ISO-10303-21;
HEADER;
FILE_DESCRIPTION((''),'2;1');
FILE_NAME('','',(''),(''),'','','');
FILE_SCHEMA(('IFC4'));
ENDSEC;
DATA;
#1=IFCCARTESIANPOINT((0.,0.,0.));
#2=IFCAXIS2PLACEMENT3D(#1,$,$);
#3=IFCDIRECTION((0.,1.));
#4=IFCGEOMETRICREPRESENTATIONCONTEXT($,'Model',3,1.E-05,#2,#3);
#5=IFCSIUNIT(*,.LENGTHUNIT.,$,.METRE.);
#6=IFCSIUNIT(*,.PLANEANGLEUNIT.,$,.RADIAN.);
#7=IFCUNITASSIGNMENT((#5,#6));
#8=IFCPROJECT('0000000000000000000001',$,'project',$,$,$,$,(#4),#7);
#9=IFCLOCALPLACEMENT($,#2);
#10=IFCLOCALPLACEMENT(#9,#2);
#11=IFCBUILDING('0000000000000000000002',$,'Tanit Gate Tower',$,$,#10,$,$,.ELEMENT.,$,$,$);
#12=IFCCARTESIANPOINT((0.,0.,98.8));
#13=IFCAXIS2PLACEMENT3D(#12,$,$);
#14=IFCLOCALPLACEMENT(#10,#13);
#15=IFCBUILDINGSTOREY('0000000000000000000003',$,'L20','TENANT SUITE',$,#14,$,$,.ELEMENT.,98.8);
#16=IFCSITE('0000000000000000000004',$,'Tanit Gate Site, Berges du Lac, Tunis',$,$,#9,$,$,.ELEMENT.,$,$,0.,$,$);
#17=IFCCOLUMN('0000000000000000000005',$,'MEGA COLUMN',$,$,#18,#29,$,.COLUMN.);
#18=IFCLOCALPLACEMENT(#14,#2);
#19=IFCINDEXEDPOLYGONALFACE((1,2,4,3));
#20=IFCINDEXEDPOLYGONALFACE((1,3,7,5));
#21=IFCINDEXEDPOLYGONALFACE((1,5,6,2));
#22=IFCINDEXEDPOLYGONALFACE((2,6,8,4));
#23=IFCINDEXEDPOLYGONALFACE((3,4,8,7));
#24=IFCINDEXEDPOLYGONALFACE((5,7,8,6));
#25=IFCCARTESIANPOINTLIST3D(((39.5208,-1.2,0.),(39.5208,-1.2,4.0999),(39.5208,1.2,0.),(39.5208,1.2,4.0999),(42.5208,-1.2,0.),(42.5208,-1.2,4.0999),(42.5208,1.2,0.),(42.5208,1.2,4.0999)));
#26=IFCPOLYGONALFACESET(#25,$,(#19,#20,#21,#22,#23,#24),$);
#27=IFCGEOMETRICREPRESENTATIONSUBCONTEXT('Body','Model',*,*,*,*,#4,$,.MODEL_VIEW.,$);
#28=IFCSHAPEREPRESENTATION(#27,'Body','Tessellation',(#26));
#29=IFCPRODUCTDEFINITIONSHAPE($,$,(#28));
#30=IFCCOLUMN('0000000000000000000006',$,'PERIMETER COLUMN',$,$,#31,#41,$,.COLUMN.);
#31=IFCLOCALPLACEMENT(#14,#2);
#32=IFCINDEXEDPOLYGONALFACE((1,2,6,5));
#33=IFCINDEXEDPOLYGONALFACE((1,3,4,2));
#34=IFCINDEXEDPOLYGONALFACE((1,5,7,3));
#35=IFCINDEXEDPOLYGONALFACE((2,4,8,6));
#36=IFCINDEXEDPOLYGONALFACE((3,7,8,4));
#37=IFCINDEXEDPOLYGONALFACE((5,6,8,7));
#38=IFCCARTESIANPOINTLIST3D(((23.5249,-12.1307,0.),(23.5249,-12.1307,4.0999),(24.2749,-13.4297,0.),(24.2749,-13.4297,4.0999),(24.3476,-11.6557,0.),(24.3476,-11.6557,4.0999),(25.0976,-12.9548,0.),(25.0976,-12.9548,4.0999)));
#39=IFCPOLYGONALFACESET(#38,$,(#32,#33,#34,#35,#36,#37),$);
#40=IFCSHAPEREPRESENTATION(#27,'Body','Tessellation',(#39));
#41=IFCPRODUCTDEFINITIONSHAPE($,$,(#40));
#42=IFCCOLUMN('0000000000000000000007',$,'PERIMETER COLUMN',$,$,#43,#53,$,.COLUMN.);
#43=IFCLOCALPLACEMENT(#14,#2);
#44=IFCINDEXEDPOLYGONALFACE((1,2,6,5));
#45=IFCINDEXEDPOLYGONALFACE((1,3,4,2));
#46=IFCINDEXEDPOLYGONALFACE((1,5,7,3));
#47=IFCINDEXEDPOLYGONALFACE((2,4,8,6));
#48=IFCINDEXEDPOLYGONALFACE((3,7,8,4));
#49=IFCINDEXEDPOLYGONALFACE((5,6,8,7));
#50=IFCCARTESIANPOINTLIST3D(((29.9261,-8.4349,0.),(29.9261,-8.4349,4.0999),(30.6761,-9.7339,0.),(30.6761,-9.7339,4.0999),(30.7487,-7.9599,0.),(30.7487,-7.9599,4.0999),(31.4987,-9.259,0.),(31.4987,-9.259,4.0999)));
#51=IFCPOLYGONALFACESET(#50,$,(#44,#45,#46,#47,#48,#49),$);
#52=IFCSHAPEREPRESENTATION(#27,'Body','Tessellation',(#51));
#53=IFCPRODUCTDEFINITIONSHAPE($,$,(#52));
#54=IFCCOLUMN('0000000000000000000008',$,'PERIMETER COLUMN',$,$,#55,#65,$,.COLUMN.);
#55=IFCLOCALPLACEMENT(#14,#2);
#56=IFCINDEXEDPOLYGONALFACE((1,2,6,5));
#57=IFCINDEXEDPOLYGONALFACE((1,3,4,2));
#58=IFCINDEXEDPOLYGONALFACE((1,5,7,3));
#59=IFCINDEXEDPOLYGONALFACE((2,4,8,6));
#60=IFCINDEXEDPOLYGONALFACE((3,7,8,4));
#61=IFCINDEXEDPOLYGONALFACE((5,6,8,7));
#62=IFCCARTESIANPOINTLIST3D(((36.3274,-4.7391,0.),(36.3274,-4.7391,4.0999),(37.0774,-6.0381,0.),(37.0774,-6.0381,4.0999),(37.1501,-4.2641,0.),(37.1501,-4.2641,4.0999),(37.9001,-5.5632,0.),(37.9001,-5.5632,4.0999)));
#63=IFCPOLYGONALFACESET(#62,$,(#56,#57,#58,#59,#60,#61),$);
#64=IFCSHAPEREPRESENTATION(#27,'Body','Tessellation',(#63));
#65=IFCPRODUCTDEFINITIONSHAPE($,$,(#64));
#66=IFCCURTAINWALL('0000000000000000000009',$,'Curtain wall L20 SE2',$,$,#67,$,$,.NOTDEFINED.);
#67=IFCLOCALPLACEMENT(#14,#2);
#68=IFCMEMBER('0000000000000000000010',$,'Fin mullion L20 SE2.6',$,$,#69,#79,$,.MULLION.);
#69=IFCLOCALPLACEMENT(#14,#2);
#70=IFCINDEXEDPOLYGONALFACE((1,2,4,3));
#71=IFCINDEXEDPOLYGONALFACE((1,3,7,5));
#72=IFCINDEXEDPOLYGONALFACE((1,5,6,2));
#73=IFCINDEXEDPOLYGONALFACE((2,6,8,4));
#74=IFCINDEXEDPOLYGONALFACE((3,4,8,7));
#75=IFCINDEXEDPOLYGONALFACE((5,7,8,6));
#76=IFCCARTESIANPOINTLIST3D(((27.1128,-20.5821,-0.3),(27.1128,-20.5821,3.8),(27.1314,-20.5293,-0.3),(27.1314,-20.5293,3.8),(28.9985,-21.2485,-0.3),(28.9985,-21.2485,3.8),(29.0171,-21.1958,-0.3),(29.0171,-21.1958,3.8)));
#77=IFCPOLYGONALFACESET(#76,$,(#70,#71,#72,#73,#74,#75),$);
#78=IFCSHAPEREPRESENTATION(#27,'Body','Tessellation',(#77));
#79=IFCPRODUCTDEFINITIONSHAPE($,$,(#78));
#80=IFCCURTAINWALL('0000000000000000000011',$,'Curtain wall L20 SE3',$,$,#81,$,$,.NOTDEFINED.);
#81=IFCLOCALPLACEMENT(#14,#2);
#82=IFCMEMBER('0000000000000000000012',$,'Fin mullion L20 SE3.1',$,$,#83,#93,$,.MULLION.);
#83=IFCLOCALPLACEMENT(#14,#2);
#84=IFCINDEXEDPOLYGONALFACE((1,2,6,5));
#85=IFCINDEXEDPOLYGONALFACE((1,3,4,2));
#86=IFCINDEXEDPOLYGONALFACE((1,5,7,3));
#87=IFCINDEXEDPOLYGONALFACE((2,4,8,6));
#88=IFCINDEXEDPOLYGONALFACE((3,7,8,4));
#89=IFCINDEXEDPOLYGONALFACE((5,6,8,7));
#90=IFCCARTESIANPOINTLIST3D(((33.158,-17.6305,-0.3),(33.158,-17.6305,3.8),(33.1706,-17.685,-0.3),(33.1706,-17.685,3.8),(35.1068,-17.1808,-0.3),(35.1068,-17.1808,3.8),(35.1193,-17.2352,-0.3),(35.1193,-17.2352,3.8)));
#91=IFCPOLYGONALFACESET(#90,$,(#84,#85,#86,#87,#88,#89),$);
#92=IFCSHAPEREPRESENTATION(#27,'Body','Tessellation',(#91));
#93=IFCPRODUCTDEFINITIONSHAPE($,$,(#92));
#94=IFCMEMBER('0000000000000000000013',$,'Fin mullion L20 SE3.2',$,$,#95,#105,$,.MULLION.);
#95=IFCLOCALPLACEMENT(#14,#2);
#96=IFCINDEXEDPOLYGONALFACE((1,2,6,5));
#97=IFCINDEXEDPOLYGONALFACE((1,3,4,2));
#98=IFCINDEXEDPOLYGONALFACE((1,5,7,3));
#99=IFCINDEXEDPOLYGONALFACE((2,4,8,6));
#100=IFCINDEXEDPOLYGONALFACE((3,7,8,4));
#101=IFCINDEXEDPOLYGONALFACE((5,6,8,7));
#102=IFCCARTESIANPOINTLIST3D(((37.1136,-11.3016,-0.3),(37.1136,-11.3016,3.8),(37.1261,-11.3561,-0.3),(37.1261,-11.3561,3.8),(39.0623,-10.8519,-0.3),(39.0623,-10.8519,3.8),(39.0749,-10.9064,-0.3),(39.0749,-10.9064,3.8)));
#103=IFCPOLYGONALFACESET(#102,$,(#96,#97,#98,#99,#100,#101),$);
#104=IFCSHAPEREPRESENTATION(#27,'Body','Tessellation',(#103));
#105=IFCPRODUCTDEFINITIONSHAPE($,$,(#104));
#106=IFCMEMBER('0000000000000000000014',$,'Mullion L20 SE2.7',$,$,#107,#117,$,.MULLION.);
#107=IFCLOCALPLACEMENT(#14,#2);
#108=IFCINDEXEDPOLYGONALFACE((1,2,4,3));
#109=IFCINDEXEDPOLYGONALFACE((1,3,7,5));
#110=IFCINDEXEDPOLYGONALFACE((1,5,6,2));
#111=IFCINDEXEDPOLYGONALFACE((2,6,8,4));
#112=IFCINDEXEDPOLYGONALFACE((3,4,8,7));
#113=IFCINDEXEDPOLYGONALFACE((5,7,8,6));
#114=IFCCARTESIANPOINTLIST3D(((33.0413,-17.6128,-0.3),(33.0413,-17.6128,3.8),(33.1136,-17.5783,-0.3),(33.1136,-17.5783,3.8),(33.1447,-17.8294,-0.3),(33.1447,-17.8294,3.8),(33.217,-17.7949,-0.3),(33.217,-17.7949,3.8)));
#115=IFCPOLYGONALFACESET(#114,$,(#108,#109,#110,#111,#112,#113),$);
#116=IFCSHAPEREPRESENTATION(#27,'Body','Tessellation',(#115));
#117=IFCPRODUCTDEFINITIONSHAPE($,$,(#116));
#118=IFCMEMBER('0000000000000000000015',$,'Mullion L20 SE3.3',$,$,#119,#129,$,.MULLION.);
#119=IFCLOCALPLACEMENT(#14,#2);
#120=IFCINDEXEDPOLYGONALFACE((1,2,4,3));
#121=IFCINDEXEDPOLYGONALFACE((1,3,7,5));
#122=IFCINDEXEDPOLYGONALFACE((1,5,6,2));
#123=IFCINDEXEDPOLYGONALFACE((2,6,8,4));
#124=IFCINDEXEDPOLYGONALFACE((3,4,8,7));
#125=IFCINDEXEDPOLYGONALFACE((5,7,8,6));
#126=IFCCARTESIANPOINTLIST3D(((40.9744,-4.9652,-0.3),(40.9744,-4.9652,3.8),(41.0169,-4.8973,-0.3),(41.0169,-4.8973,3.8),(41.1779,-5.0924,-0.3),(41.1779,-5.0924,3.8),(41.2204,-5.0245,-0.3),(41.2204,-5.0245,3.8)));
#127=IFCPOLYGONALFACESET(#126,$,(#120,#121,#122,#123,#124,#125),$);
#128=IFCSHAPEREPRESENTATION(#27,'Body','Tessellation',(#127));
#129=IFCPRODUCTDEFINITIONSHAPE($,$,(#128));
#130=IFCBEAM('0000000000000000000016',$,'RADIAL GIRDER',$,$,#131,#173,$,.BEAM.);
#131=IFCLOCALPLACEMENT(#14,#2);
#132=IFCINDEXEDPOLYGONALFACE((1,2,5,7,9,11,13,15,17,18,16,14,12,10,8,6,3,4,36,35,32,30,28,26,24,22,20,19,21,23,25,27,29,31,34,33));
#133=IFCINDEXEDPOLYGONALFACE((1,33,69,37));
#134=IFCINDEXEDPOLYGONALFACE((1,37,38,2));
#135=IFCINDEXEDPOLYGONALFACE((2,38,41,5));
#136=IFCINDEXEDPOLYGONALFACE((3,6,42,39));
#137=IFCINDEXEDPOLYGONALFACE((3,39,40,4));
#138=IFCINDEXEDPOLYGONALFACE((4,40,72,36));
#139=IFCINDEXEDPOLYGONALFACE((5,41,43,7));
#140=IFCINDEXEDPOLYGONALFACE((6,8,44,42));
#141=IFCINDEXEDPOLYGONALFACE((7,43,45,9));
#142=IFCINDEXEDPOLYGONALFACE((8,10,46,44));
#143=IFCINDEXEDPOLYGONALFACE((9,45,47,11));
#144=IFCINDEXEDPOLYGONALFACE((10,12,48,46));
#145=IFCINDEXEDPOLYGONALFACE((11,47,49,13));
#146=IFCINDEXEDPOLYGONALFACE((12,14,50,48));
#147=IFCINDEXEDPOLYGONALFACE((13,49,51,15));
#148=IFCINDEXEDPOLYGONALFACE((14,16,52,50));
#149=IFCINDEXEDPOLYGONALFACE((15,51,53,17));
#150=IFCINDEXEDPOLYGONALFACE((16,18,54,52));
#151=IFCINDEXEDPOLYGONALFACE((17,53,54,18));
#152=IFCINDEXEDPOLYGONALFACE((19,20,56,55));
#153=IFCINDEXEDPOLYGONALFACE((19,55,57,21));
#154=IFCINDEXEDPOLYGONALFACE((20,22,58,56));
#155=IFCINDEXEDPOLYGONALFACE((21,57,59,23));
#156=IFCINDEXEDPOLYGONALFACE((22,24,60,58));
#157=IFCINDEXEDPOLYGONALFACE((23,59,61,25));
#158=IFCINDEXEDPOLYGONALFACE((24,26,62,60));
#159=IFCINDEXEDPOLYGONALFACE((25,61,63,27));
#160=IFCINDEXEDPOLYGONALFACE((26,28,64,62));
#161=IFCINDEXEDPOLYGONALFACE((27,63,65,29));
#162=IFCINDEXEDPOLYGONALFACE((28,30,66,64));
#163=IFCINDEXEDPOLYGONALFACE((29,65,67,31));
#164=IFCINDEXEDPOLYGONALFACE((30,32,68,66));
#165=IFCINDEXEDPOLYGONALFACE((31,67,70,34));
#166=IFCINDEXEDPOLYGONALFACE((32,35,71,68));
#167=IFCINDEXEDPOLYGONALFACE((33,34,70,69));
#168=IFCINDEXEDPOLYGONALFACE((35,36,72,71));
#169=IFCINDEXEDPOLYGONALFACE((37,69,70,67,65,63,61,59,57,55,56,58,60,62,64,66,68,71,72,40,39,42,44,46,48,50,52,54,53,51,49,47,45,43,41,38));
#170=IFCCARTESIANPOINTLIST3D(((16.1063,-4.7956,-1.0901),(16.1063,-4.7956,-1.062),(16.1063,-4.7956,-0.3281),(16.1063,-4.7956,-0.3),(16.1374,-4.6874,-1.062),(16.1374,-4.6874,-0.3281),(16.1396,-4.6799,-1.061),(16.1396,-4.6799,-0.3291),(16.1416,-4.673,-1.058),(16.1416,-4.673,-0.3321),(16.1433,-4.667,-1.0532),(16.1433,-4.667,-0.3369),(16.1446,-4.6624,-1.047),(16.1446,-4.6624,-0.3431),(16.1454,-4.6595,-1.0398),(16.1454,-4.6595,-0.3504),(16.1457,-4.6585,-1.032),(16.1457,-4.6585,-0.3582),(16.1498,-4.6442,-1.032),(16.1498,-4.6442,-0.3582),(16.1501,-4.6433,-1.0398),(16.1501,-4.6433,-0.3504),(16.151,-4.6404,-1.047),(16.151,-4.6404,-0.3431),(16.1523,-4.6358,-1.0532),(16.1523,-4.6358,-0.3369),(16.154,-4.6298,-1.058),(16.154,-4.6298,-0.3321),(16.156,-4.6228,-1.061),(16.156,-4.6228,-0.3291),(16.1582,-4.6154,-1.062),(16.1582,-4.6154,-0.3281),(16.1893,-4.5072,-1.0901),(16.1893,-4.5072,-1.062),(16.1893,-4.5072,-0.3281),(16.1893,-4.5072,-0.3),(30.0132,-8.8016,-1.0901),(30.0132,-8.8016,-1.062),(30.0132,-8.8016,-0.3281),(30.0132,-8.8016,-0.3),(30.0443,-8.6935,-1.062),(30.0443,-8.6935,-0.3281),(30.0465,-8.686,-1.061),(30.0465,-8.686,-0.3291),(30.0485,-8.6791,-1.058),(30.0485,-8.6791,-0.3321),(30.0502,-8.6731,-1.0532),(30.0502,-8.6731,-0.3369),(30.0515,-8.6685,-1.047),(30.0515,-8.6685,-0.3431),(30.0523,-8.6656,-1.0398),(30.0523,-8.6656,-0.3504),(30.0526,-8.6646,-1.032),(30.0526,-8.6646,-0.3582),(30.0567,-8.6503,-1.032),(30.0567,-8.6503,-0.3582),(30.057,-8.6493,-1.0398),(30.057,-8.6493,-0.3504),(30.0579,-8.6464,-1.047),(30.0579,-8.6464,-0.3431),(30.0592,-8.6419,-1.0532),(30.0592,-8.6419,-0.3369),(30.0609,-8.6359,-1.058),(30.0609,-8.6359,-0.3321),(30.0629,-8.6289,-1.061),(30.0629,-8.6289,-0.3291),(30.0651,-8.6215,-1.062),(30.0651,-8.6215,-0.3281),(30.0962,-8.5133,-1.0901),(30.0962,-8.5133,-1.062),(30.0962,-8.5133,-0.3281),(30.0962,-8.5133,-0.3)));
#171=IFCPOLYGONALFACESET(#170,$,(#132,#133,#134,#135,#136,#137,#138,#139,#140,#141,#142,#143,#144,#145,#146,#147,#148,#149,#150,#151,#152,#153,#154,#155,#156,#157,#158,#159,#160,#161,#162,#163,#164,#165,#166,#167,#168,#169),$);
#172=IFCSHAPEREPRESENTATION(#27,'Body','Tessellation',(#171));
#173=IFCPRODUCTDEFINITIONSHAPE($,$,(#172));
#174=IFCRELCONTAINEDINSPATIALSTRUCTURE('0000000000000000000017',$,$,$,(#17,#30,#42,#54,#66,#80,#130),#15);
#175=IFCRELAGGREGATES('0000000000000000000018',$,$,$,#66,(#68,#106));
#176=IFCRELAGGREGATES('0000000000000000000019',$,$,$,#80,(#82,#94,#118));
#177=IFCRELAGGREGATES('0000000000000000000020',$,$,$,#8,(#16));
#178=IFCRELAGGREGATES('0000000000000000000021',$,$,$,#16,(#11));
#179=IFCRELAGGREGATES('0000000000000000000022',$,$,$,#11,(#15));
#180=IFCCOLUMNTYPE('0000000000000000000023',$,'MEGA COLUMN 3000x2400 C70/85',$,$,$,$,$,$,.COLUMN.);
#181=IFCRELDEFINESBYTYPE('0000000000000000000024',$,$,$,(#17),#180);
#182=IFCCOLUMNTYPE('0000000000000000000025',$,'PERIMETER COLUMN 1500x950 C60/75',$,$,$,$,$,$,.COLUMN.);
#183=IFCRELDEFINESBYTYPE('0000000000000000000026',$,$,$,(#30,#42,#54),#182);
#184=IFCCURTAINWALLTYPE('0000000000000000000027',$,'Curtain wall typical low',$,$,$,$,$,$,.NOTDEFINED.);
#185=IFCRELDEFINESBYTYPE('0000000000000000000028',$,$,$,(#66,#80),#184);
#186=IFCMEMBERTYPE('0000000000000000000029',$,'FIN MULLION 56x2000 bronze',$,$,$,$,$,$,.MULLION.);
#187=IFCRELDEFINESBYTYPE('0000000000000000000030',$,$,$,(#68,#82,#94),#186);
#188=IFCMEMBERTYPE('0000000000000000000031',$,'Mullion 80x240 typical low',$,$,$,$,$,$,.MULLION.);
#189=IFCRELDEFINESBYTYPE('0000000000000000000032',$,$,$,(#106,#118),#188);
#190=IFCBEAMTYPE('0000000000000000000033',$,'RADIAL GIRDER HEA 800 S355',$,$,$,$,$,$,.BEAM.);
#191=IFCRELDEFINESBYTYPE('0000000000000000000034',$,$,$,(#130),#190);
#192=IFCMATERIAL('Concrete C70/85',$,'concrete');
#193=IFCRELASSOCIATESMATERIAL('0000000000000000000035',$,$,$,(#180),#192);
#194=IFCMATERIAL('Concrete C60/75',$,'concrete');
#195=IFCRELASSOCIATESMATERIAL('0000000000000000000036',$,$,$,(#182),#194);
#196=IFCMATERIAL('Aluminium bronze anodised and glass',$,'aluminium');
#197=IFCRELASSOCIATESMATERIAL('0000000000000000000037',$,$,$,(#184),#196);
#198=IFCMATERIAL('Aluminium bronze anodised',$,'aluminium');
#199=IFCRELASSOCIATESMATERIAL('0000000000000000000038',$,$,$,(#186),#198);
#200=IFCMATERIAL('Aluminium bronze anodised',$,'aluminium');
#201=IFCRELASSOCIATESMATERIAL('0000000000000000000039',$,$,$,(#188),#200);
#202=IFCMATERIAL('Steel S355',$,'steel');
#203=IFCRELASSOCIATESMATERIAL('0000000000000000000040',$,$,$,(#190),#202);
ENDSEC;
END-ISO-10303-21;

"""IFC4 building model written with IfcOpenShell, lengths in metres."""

from ifc_helpers import new_model, si_unit, direction, frame, origin, origin_2d, place, context, subcontext, project, spatial, rectangle, i_section, extrude, material, material_profile, profile_set, type_object, element, aggregate, save


model = new_model("IFC4")

# Units and contexts
model_context = context("Model", 3, precision=1e-05, world=origin(), true_north=direction((0.0, 1.0)))
body_context = subcontext(model_context, "Body", "Model", "MODEL_VIEW")
ifc_project = project(units=[si_unit("LENGTHUNIT", "METRE"), si_unit("PLANEANGLEUNIT", "RADIAN")], contexts=[model_context])

# Site, building, storey
site_placement = place(None, origin())
site = spatial("IfcSite", under=ifc_project, at=site_placement, Name="Tanit Gate Site, Berges du Lac, Tunis", CompositionType="ELEMENT", RefElevation=0.0)
building_placement = place(site_placement, origin())
building = spatial("IfcBuilding", under=site, at=building_placement, Name="Tanit Gate Tower", CompositionType="ELEMENT")
storey_placement = place(building_placement, frame((0.0, 0.0, 98.8)))
storey = spatial("IfcBuildingStorey", under=building, at=storey_placement, Name="L20", Description="TENANT SUITE", CompositionType="ELEMENT", Elevation=98.8)

# Columns
ifc_material_1 = material(Name="Concrete C70/85", Category="concrete")
ifc_material_profile_1 = material_profile(ifc_material_1, rectangle(XDim=3.0, YDim=2.3999, at=origin_2d()), Name="RC 3000x2400")
ifc_profile_set_1 = profile_set([ifc_material_profile_1], Name="Concrete C70/85")
column_type_1 = type_object("IfcColumnType", Name="MEGA COLUMN 3000x2400 C70/85", PredefinedType="COLUMN", material=ifc_profile_set_1)
column_placement = place(storey_placement, frame((41.0208, 0.0, 0.0), z_axis=(0.0, 0.0, 1.0), x_axis=(1.0, 0.0, 0.0)))
element("IfcColumn", 1, at=column_placement, inside=storey, type_object=column_type_1, Name="MEGA COLUMN", PredefinedType="COLUMN", context=body_context, shape_type="SweptSolid", body=[
    extrude(rectangle(XDim=3.0, YDim=2.3999, at=origin_2d()), origin(), (0.0, 0.0, 1.0), 4.0999),
])
ifc_material_2 = material(Name="Concrete C60/75", Category="concrete")
ifc_material_profile_2 = material_profile(ifc_material_2, rectangle(XDim=1.5, YDim=0.95, at=origin_2d()), Name="RC 1500x950")
ifc_profile_set_2 = profile_set([ifc_material_profile_2], Name="Concrete C60/75")
column_type_2 = type_object("IfcColumnType", Name="PERIMETER COLUMN 1500x950 C60/75", PredefinedType="COLUMN", material=ifc_profile_set_2)
for number, where, z_axis, x_axis, name in (
    (2, (24.3113, -12.5427, 0.0), (0.0, 0.0, 1.0), (0.5, -0.866025, 0.0), "PERIMETER COLUMN"),
    (3, (30.7124, -8.8469, 0.0), (0.0, 0.0, 1.0), (0.5, -0.866025, 0.0), "PERIMETER COLUMN"),
    (4, (37.1138, -5.1511, 0.0), (0.0, 0.0, 1.0), (0.5, -0.866025, 0.0), "PERIMETER COLUMN"),
):
    element("IfcColumn", number, at=place(storey_placement, frame(where, z_axis=z_axis, x_axis=x_axis)), inside=storey, type_object=column_type_2, Name=name, PredefinedType="COLUMN", context=body_context, shape_type="SweptSolid", body=[
        extrude(rectangle(XDim=1.5, YDim=0.95, at=origin_2d()), origin(), (0.0, 0.0, 1.0), 4.0999),
    ])

# Curtain wall, member
ifc_material_3 = material(Name="Aluminium bronze anodised and glass", Category="aluminium")
curtain_wall_type = type_object("IfcCurtainWallType", Name="Curtain wall typical low", PredefinedType="NOTDEFINED", material=ifc_material_3)
curtain_wall_1_placement = place(storey_placement, origin())
curtain_wall_1 = element("IfcCurtainWall", 5, at=curtain_wall_1_placement, inside=storey, type_object=curtain_wall_type, Name="Curtain wall L20 SE2", PredefinedType="NOTDEFINED")
ifc_material_4 = material(Name="Aluminium bronze anodised", Category="aluminium")
ifc_material_profile_3 = material_profile(ifc_material_4, rectangle(XDim=2.0, YDim=0.0559, at=origin_2d()), Name="56x2000 bronze fin mullion")
ifc_profile_set_3 = profile_set([ifc_material_profile_3], Name="Aluminium bronze anodised")
member_type_1 = type_object("IfcMemberType", Name="FIN MULLION 56x2000 bronze", PredefinedType="MULLION", material=ifc_profile_set_3)
member_1_placement = place(storey_placement, frame((28.0649, -20.8889, -0.3), z_axis=(0.0, 0.0, 1.0), x_axis=(-0.942849, 0.33322, 0.0)))
member_1 = element("IfcMember", 6, at=member_1_placement, type_object=member_type_1, Name="Fin mullion L20 SE2.6", PredefinedType="MULLION", context=body_context, shape_type="SweptSolid", body=[
    extrude(rectangle(XDim=2.0, YDim=0.0559, at=origin_2d()), origin(), (0.0, 0.0, 1.0), 4.1001),
])

# Curtain wall, members
curtain_wall_2_placement = place(storey_placement, origin())
curtain_wall_2 = element("IfcCurtainWall", 7, at=curtain_wall_2_placement, inside=storey, type_object=curtain_wall_type, Name="Curtain wall L20 SE3", PredefinedType="NOTDEFINED")
member_2_placement = place(storey_placement, frame((34.1387, -17.4329, -0.3), z_axis=(0.0, 0.0, 1.0), x_axis=(-0.974389, -0.224867, 0.0)))
member_2 = element("IfcMember", 8, at=member_2_placement, type_object=member_type_1, Name="Fin mullion L20 SE3.1", PredefinedType="MULLION", context=body_context, shape_type="SweptSolid", body=[
    extrude(rectangle(XDim=2.0, YDim=0.0559, at=origin_2d()), origin(), (0.0, 0.0, 1.0), 4.1001),
])
member_3_placement = place(storey_placement, frame((38.0942, -11.104, -0.3), z_axis=(0.0, 0.0, 1.0), x_axis=(-0.974389, -0.224867, 0.0)))
member_3 = element("IfcMember", 9, at=member_3_placement, type_object=member_type_1, Name="Fin mullion L20 SE3.2", PredefinedType="MULLION", context=body_context, shape_type="SweptSolid", body=[
    extrude(rectangle(XDim=2.0, YDim=0.0559, at=origin_2d()), origin(), (0.0, 0.0, 1.0), 4.1001),
])

# Members
ifc_material_5 = material(Name="Aluminium bronze anodised", Category="aluminium")
ifc_material_profile_4 = material_profile(ifc_material_5, rectangle(XDim=0.24, YDim=0.0801, at=origin_2d()), Name="80x240 bronze mullion")
ifc_profile_set_4 = profile_set([ifc_material_profile_4], Name="Aluminium bronze anodised")
member_type_2 = type_object("IfcMemberType", Name="Mullion 80x240 typical low", PredefinedType="MULLION", material=ifc_profile_set_4)
member_4_placement = place(storey_placement, frame((33.1292, -17.7039, -0.3), z_axis=(0.0, 0.0, 1.0), x_axis=(-0.431073, 0.902317, 0.0)))
member_4 = element("IfcMember", 10, at=member_4_placement, type_object=member_type_2, Name="Mullion L20 SE2.7", PredefinedType="MULLION", context=body_context, shape_type="SweptSolid", body=[
    extrude(rectangle(XDim=0.24, YDim=0.0801, at=origin_2d()), origin(), (0.0, 0.0, 1.0), 4.1001),
])
member_5_placement = place(storey_placement, frame((41.0974, -4.9949, -0.3), z_axis=(0.0, 0.0, 1.0), x_axis=(-0.848003, 0.529992, 0.0)))
member_5 = element("IfcMember", 11, at=member_5_placement, type_object=member_type_2, Name="Mullion L20 SE3.3", PredefinedType="MULLION", context=body_context, shape_type="SweptSolid", body=[
    extrude(rectangle(XDim=0.24, YDim=0.0801, at=origin_2d()), origin(), (0.0, 0.0, 1.0), 4.1001),
])

# Beam
ifc_material_6 = material(Name="Steel S355", Category="steel")
ifc_material_profile_5 = material_profile(ifc_material_6, i_section(OverallWidth=0.3, OverallDepth=0.79, WebThickness=0.0149, FlangeThickness=0.0281, FilletRadius=0.03, at=origin_2d()), Name="HEA 800")
ifc_profile_set_5 = profile_set([ifc_material_profile_5], Name="Steel S355")
beam_type_1 = type_object("IfcBeamType", Name="RADIAL GIRDER HEA 800 S355", PredefinedType="BEAM", material=ifc_profile_set_5)
beam_1_placement = place(storey_placement, frame((30.0547, -8.6575, -0.6951), z_axis=(-0.960925, 0.276808, 0.0), x_axis=(-0.276808, -0.960925, 0.0)))
element("IfcBeam", 12, at=beam_1_placement, inside=storey, type_object=beam_type_1, Name="RADIAL GIRDER", PredefinedType="BEAM", context=body_context, shape_type="SweptSolid", body=[
    extrude(i_section(OverallWidth=0.3, OverallDepth=0.79, WebThickness=0.0149, FlangeThickness=0.0281, FilletRadius=0.03, at=origin_2d()), origin(), (0.0, 0.0, 1.0), 14.4724),
])

aggregate(curtain_wall_1, [member_1, member_4])
aggregate(curtain_wall_2, [member_2, member_3, member_5])

save(model, "model.ifc")
